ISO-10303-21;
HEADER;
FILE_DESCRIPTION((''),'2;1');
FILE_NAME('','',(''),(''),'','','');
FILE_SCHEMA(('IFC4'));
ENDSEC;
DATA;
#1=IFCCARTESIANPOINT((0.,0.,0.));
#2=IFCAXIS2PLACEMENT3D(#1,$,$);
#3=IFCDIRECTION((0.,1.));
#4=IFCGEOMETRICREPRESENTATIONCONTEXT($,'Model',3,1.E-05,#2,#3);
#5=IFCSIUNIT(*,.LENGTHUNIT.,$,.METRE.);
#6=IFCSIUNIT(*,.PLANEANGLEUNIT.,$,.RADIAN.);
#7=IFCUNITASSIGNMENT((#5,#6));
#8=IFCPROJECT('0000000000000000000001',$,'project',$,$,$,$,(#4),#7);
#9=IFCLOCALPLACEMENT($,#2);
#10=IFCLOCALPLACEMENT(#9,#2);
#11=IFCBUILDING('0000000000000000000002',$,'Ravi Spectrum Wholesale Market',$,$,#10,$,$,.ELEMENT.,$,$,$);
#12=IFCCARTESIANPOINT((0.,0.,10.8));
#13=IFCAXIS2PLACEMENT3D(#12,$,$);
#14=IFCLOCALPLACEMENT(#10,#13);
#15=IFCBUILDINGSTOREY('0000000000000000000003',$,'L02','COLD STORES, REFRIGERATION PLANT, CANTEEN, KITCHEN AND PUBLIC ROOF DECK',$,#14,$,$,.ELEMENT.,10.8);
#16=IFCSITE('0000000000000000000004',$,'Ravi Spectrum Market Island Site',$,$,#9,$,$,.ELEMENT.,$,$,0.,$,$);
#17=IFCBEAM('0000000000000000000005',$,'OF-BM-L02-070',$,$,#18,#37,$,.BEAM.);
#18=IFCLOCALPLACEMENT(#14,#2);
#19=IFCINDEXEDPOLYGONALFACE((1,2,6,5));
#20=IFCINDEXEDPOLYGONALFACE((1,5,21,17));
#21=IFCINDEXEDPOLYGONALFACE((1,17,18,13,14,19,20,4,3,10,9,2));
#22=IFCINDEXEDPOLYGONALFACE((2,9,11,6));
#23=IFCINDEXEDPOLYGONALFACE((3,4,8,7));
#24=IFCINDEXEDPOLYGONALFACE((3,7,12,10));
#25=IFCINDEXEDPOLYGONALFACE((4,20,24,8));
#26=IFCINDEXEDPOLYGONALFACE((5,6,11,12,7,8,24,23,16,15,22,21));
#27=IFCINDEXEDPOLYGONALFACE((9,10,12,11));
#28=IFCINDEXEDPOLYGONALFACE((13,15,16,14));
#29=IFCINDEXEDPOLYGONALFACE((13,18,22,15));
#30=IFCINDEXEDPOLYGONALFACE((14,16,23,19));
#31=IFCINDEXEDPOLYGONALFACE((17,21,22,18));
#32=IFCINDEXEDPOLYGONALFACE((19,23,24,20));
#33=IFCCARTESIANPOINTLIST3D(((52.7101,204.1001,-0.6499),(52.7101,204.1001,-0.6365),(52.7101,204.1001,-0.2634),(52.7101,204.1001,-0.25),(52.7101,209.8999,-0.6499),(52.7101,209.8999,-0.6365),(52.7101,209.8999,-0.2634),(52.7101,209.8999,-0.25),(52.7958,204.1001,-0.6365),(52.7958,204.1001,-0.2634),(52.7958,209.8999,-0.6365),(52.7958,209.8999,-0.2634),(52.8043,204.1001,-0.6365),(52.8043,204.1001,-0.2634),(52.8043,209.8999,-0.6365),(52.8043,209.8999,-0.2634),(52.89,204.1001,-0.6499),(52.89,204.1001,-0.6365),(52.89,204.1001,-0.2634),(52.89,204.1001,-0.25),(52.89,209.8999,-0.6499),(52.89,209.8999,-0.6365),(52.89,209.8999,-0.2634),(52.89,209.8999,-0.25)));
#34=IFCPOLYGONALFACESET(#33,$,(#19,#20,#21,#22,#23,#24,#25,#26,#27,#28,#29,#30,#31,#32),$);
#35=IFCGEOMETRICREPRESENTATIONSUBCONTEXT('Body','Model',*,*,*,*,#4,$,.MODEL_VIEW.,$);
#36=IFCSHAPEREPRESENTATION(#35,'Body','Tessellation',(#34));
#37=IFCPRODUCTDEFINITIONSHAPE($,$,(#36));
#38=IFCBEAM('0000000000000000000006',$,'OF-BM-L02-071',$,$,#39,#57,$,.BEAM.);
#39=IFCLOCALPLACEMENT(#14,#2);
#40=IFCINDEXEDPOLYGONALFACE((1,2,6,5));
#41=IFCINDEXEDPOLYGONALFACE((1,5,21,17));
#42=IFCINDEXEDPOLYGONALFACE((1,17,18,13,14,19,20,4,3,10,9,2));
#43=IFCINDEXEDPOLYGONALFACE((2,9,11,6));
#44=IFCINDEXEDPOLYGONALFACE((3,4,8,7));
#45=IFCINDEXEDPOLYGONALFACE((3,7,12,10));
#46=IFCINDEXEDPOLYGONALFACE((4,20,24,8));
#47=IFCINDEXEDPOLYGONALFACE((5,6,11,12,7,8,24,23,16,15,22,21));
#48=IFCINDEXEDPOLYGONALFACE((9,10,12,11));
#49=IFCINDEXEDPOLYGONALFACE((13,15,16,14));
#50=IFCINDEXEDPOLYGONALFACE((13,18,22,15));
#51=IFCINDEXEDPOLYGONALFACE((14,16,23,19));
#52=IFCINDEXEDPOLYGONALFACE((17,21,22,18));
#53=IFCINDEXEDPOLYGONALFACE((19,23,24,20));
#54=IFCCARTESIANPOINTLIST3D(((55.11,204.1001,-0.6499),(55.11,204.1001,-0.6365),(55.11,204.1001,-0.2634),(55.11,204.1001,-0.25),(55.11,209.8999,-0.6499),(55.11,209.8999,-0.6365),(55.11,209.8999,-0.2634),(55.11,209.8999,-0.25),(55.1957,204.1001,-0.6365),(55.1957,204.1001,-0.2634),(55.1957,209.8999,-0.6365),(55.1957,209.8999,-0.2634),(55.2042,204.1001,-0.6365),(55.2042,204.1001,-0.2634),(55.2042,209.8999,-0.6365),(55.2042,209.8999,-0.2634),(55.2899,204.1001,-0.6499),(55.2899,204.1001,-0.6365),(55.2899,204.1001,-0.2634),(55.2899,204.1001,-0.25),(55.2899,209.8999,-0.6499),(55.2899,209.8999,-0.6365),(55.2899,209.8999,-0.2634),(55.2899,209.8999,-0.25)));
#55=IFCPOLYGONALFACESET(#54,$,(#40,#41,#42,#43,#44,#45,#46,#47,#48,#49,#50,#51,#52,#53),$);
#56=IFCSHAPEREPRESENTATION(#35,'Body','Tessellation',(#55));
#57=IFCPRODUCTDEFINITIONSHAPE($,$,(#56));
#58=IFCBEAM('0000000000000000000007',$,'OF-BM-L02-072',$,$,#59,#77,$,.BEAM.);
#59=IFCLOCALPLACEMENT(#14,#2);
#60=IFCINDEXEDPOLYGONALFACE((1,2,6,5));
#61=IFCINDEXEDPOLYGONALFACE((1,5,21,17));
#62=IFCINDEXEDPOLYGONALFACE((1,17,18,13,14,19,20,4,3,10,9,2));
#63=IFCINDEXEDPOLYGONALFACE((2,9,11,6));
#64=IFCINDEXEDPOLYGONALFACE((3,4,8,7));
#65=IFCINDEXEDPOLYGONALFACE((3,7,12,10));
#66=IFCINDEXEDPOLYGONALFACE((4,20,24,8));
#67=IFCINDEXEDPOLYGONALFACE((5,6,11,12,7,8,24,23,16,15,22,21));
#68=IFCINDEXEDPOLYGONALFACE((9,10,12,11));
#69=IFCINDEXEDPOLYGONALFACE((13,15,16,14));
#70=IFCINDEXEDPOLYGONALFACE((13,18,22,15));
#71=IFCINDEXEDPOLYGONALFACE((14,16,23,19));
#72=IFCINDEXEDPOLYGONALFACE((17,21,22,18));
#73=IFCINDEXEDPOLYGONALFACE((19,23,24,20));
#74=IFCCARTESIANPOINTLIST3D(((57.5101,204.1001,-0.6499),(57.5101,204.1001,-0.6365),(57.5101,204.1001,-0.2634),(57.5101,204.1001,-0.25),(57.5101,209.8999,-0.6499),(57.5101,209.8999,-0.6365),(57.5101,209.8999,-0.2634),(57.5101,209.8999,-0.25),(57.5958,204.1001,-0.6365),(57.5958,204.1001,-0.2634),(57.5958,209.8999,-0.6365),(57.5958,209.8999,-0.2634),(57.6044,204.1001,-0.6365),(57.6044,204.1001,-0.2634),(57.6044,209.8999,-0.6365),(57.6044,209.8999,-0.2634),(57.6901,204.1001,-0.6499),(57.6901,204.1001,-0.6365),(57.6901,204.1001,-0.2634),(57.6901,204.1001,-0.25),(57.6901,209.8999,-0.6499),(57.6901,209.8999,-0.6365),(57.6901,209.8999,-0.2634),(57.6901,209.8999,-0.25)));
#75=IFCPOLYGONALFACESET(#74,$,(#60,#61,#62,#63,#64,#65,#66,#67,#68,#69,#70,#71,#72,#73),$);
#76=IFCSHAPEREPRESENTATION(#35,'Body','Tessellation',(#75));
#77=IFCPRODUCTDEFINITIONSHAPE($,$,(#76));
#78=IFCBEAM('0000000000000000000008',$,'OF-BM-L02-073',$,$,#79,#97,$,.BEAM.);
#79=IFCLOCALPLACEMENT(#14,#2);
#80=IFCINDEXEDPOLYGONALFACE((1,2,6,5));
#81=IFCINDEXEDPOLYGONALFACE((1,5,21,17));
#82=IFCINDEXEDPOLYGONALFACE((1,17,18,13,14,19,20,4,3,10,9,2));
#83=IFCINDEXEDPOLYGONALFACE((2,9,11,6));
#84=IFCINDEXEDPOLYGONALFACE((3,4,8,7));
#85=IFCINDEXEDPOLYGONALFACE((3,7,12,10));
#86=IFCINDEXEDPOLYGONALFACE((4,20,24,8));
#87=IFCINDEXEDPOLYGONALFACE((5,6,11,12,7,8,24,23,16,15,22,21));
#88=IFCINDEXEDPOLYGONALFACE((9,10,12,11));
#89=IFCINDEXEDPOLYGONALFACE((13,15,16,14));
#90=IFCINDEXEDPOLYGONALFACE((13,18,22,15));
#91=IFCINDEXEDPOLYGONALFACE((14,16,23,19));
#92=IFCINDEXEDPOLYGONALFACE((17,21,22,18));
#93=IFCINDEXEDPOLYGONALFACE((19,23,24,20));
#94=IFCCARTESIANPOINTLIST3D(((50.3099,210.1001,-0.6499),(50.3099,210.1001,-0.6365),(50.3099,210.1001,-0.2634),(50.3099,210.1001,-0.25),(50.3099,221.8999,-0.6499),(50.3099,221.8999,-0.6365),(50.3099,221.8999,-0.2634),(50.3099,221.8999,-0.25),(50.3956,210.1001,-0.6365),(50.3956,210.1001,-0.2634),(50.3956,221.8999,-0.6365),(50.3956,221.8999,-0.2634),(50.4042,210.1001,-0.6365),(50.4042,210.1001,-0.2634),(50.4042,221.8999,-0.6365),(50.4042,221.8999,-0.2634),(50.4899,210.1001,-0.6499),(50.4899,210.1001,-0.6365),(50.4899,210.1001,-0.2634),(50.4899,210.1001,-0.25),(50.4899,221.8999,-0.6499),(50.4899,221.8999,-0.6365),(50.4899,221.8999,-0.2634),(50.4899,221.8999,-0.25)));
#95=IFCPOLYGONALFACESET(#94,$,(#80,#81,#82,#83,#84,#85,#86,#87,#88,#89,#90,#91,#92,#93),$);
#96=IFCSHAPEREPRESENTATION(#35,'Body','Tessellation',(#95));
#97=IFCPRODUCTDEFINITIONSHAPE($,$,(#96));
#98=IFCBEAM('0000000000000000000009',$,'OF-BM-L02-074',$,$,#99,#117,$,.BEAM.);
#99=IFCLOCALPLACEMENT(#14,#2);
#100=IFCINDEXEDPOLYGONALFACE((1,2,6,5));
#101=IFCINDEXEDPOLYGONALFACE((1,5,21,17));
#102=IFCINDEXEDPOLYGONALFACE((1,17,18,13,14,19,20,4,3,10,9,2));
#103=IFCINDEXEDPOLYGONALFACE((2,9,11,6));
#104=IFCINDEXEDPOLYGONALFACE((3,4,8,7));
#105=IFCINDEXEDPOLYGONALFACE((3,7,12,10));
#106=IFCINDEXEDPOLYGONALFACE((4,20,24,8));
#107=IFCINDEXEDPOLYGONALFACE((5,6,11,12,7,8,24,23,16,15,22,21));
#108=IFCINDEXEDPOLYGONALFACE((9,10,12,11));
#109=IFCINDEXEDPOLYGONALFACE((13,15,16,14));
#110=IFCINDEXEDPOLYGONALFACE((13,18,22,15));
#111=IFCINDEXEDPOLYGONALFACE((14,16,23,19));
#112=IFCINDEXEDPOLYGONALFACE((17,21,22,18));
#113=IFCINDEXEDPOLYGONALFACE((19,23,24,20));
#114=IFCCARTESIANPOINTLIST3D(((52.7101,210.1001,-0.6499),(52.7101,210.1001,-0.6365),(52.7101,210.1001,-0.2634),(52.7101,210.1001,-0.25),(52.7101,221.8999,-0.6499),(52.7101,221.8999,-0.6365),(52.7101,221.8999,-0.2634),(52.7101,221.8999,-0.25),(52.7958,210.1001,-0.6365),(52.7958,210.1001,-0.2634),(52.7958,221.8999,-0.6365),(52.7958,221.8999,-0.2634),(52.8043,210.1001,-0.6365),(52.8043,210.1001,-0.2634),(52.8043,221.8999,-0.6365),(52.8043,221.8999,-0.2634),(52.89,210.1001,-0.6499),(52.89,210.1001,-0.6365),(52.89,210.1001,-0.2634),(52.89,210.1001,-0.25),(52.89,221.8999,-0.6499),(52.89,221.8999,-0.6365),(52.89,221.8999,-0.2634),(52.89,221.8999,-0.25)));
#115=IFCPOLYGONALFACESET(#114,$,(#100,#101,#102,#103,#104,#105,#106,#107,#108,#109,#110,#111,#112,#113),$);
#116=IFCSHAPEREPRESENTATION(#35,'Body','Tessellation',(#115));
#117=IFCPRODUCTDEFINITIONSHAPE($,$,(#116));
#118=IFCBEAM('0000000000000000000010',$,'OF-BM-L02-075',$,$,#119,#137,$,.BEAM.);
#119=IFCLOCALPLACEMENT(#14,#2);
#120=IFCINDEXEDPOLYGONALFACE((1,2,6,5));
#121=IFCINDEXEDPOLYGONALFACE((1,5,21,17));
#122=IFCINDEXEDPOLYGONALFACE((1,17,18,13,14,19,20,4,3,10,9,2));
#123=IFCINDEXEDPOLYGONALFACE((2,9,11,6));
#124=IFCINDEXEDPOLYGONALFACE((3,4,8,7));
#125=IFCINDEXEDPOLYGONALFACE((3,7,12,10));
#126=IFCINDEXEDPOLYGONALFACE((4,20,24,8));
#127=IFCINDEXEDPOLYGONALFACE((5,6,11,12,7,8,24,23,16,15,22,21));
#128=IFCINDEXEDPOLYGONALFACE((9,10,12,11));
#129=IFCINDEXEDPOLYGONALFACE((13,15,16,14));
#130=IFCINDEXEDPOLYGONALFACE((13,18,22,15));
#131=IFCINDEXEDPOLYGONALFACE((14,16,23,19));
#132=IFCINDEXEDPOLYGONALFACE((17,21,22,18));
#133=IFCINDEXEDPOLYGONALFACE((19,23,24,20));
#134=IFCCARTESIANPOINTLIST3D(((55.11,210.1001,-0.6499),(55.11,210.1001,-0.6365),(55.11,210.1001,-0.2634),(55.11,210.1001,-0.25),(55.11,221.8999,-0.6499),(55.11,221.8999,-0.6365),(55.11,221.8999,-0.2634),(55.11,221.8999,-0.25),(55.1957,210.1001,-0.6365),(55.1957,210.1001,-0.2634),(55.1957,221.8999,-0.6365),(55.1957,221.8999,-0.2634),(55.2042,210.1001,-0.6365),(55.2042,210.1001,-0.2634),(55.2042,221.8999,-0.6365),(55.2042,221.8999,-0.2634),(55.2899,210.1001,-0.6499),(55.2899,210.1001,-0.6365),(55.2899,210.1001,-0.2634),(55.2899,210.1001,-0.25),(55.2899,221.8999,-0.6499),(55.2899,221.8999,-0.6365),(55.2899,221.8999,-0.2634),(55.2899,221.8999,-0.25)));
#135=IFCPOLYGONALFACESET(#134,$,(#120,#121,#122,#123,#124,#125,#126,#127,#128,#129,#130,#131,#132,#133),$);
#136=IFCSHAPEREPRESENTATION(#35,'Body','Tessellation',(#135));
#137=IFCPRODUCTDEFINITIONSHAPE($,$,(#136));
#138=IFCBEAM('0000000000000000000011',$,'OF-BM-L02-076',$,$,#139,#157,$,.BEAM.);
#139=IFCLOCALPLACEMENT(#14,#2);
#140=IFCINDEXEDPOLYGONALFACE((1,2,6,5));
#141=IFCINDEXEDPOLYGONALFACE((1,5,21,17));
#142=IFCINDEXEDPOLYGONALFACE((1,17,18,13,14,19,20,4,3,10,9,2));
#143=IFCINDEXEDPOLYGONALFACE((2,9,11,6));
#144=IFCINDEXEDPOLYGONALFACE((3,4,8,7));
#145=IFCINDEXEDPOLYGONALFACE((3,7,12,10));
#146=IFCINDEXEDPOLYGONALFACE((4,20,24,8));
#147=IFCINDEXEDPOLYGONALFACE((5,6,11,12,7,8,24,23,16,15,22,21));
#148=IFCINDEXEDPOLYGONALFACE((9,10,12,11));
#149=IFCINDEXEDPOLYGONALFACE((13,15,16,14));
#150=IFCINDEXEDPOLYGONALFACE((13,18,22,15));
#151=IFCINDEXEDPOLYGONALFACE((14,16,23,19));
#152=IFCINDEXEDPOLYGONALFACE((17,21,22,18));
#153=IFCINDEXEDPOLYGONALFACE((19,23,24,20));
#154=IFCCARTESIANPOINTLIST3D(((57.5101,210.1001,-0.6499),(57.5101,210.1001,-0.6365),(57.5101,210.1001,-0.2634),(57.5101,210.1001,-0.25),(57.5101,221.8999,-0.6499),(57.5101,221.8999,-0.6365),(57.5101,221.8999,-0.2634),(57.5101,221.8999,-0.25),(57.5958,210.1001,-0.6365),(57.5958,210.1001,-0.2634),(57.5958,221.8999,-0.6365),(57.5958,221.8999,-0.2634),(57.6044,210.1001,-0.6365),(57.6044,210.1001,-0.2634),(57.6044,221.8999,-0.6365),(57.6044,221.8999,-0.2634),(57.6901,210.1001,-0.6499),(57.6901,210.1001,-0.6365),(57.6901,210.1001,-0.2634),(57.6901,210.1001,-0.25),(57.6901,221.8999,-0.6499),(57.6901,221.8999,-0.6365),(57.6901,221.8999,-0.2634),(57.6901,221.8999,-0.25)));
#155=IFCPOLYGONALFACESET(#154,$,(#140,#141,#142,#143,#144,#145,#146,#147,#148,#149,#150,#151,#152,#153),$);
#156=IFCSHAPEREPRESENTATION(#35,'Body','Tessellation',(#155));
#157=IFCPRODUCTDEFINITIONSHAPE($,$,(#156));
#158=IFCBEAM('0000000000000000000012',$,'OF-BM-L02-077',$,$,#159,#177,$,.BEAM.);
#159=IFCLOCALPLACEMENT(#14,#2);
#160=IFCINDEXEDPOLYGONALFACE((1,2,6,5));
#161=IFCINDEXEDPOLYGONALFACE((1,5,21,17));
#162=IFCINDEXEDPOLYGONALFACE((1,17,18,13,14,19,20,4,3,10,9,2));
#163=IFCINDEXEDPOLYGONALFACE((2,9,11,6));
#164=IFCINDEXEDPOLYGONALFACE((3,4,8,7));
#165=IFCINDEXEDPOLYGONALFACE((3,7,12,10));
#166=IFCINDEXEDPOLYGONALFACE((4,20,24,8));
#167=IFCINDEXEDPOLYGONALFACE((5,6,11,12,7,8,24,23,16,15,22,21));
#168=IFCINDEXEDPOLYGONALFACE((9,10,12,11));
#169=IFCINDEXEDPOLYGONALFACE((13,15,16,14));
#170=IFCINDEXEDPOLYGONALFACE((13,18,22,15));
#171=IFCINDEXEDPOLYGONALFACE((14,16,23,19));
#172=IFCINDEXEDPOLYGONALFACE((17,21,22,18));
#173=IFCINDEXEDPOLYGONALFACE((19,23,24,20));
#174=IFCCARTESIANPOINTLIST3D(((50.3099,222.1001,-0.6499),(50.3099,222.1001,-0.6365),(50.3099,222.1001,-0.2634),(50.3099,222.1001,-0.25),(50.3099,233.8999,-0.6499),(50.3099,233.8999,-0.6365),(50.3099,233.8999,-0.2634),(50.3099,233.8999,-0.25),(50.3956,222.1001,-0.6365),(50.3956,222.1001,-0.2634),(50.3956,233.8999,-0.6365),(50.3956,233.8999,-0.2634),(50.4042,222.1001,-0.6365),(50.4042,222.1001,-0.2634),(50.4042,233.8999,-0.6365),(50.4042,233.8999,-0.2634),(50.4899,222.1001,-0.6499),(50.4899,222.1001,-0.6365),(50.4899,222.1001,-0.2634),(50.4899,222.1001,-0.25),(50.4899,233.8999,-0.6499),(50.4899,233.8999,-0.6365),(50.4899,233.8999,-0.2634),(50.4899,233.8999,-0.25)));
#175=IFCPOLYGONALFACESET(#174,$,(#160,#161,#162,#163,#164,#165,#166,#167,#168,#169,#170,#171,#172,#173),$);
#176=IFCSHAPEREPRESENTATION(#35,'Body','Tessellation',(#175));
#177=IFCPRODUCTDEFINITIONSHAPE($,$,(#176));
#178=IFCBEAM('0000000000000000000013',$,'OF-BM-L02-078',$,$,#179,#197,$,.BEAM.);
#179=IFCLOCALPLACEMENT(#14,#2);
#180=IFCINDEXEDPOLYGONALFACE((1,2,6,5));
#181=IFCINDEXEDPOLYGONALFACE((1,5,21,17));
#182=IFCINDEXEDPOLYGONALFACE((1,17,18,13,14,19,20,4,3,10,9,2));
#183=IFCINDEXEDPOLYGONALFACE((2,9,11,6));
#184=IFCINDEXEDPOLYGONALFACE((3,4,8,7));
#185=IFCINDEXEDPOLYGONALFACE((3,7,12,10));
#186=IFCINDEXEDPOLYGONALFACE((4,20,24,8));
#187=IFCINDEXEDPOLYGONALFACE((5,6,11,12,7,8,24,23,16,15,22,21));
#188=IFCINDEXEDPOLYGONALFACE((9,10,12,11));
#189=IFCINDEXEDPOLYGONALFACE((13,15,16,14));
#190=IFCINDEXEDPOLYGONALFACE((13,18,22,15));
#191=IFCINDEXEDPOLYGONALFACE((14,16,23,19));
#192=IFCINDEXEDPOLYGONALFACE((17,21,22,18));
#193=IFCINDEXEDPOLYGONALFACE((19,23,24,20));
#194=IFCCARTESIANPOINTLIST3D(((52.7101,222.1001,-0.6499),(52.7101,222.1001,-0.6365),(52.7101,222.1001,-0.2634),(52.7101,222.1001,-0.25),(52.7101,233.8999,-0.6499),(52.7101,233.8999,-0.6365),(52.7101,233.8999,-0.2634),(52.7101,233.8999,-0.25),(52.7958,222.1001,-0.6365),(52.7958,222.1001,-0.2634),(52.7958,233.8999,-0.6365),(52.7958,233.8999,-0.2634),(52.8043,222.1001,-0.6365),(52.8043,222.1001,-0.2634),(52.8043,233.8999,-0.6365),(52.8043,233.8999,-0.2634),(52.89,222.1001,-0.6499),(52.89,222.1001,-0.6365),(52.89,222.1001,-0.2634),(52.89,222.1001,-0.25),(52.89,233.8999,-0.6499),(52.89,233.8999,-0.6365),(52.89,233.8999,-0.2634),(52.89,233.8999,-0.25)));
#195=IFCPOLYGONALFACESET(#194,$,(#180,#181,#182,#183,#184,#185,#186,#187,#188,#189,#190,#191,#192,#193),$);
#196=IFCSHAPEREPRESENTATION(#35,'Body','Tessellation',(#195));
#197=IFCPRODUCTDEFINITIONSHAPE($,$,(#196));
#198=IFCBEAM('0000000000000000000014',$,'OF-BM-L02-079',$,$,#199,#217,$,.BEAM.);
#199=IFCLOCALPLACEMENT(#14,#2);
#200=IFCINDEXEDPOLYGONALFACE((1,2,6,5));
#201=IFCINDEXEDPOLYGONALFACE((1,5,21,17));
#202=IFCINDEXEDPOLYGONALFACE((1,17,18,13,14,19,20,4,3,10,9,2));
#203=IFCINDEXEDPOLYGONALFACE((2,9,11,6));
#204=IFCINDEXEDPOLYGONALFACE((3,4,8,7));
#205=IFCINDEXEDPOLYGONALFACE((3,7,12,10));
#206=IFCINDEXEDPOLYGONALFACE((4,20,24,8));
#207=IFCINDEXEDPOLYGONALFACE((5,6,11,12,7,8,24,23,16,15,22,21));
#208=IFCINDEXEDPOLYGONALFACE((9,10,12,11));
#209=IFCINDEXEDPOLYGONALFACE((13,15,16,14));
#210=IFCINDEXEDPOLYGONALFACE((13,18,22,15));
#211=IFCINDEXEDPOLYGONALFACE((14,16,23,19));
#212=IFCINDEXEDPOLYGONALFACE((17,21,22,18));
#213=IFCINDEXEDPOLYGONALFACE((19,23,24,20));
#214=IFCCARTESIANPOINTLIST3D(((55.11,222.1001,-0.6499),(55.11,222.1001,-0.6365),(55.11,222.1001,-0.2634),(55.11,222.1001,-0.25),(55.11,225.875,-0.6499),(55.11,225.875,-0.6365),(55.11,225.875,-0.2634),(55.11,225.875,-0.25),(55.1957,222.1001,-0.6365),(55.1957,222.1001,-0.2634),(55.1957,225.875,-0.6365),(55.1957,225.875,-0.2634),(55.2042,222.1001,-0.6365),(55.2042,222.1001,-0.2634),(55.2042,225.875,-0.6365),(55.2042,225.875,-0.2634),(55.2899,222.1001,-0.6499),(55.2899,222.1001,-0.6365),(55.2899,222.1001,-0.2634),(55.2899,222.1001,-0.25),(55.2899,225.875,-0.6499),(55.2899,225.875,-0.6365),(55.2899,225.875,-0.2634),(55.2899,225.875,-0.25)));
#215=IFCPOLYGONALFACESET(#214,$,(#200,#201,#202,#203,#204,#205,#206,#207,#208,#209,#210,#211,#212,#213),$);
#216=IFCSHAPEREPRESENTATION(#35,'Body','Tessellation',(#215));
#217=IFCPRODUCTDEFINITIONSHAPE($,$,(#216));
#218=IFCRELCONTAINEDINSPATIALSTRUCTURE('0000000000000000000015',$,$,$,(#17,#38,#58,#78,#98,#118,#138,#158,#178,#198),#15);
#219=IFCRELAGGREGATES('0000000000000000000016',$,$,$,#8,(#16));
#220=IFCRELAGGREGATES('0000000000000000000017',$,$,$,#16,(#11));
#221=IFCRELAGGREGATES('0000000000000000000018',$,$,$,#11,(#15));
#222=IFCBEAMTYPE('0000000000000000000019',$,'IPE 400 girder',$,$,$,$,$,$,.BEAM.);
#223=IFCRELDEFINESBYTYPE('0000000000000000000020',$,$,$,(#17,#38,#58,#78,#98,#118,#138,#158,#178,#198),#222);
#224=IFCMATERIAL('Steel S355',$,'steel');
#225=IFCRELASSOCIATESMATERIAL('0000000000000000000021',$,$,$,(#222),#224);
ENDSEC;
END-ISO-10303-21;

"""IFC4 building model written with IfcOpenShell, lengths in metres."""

from ifc_helpers import new_model, si_unit, direction, frame, origin, origin_2d, place, context, subcontext, project, spatial, i_section, extrude, material, material_profile, profile_set, type_object, element, save


model = new_model("IFC4")

# Units and contexts
model_context = context("Model", 3, precision=1e-05, world=origin(), true_north=direction((0.0, 1.0)))
body_context = subcontext(model_context, "Body", "Model", "MODEL_VIEW")
ifc_project = project(units=[si_unit("LENGTHUNIT", "METRE"), si_unit("PLANEANGLEUNIT", "RADIAN")], contexts=[model_context])

# Site, building, storey
site_placement = place(None, origin())
site = spatial("IfcSite", under=ifc_project, at=site_placement, Name="Ravi Spectrum Market Island Site", CompositionType="ELEMENT", RefElevation=0.0)
building_placement = place(site_placement, origin())
building = spatial("IfcBuilding", under=site, at=building_placement, Name="Ravi Spectrum Wholesale Market", CompositionType="ELEMENT")
storey_placement = place(building_placement, frame((0.0, 0.0, 10.8)))
storey = spatial("IfcBuildingStorey", under=building, at=storey_placement, Name="L02", Description="COLD STORES, REFRIGERATION PLANT, CANTEEN, KITCHEN AND PUBLIC ROOF DECK", CompositionType="ELEMENT", Elevation=10.8)

# Beams
ifc_material_1 = material(Name="Steel S355", Category="steel")
ifc_material_profile_1 = material_profile(ifc_material_1, i_section(OverallWidth=0.1799, OverallDepth=0.3999, WebThickness=0.0085, FlangeThickness=0.0134, at=origin_2d()))
ifc_profile_set_1 = profile_set([ifc_material_profile_1], Name="Steel S355")
beam_type_1 = type_object("IfcBeamType", Name="IPE 400 girder", PredefinedType="BEAM", material=ifc_profile_set_1)
for number, where, z_axis, x_axis, name in (
    (1, (52.8, 204.1001, -0.45), (0.0, 1.0, 0.0), (-1.0, 0.0, 0.0), "OF-BM-L02-070"),
    (2, (55.2, 204.1001, -0.45), (0.0, 1.0, 0.0), (-1.0, 0.0, 0.0), "OF-BM-L02-071"),
    (3, (57.6001, 204.1001, -0.45), (0.0, 1.0, 0.0), (-1.0, 0.0, 0.0), "OF-BM-L02-072"),
):
    element("IfcBeam", number, at=place(storey_placement, frame(where, z_axis=z_axis, x_axis=x_axis)), inside=storey, type_object=beam_type_1, Name=name, PredefinedType="BEAM", context=body_context, shape_type="SweptSolid", body=[
        extrude(i_section(OverallWidth=0.1799, OverallDepth=0.3999, WebThickness=0.0085, FlangeThickness=0.0134, at=origin_2d()), origin(), (0.0, 0.0, 1.0), 5.7998),
    ])
for number, where, z_axis, x_axis, name in (
    (4, (50.3999, 210.1001, -0.45), (0.0, 1.0, 0.0), (-1.0, 0.0, 0.0), "OF-BM-L02-073"),
    (5, (52.8, 210.1001, -0.45), (0.0, 1.0, 0.0), (-1.0, 0.0, 0.0), "OF-BM-L02-074"),
    (6, (55.2, 210.1001, -0.45), (0.0, 1.0, 0.0), (-1.0, 0.0, 0.0), "OF-BM-L02-075"),
    (7, (57.6001, 210.1001, -0.45), (0.0, 1.0, 0.0), (-1.0, 0.0, 0.0), "OF-BM-L02-076"),
    (8, (50.3999, 222.1001, -0.45), (0.0, 1.0, 0.0), (-1.0, 0.0, 0.0), "OF-BM-L02-077"),
    (9, (52.8, 222.1001, -0.45), (0.0, 1.0, 0.0), (-1.0, 0.0, 0.0), "OF-BM-L02-078"),
):
    element("IfcBeam", number, at=place(storey_placement, frame(where, z_axis=z_axis, x_axis=x_axis)), inside=storey, type_object=beam_type_1, Name=name, PredefinedType="BEAM", context=body_context, shape_type="SweptSolid", body=[
        extrude(i_section(OverallWidth=0.1799, OverallDepth=0.3999, WebThickness=0.0085, FlangeThickness=0.0134, at=origin_2d()), origin(), (0.0, 0.0, 1.0), 11.7998),
    ])
for number, where, z_axis, x_axis, name in (
    (10, (55.2, 222.1001, -0.45), (0.0, 1.0, 0.0), (-1.0, 0.0, 0.0), "OF-BM-L02-079"),
):
    element("IfcBeam", number, at=place(storey_placement, frame(where, z_axis=z_axis, x_axis=x_axis)), inside=storey, type_object=beam_type_1, Name=name, PredefinedType="BEAM", context=body_context, shape_type="SweptSolid", body=[
        extrude(i_section(OverallWidth=0.1799, OverallDepth=0.3999, WebThickness=0.0085, FlangeThickness=0.0134, at=origin_2d()), origin(), (0.0, 0.0, 1.0), 3.7749),
    ])

save(model, "model.ifc")
